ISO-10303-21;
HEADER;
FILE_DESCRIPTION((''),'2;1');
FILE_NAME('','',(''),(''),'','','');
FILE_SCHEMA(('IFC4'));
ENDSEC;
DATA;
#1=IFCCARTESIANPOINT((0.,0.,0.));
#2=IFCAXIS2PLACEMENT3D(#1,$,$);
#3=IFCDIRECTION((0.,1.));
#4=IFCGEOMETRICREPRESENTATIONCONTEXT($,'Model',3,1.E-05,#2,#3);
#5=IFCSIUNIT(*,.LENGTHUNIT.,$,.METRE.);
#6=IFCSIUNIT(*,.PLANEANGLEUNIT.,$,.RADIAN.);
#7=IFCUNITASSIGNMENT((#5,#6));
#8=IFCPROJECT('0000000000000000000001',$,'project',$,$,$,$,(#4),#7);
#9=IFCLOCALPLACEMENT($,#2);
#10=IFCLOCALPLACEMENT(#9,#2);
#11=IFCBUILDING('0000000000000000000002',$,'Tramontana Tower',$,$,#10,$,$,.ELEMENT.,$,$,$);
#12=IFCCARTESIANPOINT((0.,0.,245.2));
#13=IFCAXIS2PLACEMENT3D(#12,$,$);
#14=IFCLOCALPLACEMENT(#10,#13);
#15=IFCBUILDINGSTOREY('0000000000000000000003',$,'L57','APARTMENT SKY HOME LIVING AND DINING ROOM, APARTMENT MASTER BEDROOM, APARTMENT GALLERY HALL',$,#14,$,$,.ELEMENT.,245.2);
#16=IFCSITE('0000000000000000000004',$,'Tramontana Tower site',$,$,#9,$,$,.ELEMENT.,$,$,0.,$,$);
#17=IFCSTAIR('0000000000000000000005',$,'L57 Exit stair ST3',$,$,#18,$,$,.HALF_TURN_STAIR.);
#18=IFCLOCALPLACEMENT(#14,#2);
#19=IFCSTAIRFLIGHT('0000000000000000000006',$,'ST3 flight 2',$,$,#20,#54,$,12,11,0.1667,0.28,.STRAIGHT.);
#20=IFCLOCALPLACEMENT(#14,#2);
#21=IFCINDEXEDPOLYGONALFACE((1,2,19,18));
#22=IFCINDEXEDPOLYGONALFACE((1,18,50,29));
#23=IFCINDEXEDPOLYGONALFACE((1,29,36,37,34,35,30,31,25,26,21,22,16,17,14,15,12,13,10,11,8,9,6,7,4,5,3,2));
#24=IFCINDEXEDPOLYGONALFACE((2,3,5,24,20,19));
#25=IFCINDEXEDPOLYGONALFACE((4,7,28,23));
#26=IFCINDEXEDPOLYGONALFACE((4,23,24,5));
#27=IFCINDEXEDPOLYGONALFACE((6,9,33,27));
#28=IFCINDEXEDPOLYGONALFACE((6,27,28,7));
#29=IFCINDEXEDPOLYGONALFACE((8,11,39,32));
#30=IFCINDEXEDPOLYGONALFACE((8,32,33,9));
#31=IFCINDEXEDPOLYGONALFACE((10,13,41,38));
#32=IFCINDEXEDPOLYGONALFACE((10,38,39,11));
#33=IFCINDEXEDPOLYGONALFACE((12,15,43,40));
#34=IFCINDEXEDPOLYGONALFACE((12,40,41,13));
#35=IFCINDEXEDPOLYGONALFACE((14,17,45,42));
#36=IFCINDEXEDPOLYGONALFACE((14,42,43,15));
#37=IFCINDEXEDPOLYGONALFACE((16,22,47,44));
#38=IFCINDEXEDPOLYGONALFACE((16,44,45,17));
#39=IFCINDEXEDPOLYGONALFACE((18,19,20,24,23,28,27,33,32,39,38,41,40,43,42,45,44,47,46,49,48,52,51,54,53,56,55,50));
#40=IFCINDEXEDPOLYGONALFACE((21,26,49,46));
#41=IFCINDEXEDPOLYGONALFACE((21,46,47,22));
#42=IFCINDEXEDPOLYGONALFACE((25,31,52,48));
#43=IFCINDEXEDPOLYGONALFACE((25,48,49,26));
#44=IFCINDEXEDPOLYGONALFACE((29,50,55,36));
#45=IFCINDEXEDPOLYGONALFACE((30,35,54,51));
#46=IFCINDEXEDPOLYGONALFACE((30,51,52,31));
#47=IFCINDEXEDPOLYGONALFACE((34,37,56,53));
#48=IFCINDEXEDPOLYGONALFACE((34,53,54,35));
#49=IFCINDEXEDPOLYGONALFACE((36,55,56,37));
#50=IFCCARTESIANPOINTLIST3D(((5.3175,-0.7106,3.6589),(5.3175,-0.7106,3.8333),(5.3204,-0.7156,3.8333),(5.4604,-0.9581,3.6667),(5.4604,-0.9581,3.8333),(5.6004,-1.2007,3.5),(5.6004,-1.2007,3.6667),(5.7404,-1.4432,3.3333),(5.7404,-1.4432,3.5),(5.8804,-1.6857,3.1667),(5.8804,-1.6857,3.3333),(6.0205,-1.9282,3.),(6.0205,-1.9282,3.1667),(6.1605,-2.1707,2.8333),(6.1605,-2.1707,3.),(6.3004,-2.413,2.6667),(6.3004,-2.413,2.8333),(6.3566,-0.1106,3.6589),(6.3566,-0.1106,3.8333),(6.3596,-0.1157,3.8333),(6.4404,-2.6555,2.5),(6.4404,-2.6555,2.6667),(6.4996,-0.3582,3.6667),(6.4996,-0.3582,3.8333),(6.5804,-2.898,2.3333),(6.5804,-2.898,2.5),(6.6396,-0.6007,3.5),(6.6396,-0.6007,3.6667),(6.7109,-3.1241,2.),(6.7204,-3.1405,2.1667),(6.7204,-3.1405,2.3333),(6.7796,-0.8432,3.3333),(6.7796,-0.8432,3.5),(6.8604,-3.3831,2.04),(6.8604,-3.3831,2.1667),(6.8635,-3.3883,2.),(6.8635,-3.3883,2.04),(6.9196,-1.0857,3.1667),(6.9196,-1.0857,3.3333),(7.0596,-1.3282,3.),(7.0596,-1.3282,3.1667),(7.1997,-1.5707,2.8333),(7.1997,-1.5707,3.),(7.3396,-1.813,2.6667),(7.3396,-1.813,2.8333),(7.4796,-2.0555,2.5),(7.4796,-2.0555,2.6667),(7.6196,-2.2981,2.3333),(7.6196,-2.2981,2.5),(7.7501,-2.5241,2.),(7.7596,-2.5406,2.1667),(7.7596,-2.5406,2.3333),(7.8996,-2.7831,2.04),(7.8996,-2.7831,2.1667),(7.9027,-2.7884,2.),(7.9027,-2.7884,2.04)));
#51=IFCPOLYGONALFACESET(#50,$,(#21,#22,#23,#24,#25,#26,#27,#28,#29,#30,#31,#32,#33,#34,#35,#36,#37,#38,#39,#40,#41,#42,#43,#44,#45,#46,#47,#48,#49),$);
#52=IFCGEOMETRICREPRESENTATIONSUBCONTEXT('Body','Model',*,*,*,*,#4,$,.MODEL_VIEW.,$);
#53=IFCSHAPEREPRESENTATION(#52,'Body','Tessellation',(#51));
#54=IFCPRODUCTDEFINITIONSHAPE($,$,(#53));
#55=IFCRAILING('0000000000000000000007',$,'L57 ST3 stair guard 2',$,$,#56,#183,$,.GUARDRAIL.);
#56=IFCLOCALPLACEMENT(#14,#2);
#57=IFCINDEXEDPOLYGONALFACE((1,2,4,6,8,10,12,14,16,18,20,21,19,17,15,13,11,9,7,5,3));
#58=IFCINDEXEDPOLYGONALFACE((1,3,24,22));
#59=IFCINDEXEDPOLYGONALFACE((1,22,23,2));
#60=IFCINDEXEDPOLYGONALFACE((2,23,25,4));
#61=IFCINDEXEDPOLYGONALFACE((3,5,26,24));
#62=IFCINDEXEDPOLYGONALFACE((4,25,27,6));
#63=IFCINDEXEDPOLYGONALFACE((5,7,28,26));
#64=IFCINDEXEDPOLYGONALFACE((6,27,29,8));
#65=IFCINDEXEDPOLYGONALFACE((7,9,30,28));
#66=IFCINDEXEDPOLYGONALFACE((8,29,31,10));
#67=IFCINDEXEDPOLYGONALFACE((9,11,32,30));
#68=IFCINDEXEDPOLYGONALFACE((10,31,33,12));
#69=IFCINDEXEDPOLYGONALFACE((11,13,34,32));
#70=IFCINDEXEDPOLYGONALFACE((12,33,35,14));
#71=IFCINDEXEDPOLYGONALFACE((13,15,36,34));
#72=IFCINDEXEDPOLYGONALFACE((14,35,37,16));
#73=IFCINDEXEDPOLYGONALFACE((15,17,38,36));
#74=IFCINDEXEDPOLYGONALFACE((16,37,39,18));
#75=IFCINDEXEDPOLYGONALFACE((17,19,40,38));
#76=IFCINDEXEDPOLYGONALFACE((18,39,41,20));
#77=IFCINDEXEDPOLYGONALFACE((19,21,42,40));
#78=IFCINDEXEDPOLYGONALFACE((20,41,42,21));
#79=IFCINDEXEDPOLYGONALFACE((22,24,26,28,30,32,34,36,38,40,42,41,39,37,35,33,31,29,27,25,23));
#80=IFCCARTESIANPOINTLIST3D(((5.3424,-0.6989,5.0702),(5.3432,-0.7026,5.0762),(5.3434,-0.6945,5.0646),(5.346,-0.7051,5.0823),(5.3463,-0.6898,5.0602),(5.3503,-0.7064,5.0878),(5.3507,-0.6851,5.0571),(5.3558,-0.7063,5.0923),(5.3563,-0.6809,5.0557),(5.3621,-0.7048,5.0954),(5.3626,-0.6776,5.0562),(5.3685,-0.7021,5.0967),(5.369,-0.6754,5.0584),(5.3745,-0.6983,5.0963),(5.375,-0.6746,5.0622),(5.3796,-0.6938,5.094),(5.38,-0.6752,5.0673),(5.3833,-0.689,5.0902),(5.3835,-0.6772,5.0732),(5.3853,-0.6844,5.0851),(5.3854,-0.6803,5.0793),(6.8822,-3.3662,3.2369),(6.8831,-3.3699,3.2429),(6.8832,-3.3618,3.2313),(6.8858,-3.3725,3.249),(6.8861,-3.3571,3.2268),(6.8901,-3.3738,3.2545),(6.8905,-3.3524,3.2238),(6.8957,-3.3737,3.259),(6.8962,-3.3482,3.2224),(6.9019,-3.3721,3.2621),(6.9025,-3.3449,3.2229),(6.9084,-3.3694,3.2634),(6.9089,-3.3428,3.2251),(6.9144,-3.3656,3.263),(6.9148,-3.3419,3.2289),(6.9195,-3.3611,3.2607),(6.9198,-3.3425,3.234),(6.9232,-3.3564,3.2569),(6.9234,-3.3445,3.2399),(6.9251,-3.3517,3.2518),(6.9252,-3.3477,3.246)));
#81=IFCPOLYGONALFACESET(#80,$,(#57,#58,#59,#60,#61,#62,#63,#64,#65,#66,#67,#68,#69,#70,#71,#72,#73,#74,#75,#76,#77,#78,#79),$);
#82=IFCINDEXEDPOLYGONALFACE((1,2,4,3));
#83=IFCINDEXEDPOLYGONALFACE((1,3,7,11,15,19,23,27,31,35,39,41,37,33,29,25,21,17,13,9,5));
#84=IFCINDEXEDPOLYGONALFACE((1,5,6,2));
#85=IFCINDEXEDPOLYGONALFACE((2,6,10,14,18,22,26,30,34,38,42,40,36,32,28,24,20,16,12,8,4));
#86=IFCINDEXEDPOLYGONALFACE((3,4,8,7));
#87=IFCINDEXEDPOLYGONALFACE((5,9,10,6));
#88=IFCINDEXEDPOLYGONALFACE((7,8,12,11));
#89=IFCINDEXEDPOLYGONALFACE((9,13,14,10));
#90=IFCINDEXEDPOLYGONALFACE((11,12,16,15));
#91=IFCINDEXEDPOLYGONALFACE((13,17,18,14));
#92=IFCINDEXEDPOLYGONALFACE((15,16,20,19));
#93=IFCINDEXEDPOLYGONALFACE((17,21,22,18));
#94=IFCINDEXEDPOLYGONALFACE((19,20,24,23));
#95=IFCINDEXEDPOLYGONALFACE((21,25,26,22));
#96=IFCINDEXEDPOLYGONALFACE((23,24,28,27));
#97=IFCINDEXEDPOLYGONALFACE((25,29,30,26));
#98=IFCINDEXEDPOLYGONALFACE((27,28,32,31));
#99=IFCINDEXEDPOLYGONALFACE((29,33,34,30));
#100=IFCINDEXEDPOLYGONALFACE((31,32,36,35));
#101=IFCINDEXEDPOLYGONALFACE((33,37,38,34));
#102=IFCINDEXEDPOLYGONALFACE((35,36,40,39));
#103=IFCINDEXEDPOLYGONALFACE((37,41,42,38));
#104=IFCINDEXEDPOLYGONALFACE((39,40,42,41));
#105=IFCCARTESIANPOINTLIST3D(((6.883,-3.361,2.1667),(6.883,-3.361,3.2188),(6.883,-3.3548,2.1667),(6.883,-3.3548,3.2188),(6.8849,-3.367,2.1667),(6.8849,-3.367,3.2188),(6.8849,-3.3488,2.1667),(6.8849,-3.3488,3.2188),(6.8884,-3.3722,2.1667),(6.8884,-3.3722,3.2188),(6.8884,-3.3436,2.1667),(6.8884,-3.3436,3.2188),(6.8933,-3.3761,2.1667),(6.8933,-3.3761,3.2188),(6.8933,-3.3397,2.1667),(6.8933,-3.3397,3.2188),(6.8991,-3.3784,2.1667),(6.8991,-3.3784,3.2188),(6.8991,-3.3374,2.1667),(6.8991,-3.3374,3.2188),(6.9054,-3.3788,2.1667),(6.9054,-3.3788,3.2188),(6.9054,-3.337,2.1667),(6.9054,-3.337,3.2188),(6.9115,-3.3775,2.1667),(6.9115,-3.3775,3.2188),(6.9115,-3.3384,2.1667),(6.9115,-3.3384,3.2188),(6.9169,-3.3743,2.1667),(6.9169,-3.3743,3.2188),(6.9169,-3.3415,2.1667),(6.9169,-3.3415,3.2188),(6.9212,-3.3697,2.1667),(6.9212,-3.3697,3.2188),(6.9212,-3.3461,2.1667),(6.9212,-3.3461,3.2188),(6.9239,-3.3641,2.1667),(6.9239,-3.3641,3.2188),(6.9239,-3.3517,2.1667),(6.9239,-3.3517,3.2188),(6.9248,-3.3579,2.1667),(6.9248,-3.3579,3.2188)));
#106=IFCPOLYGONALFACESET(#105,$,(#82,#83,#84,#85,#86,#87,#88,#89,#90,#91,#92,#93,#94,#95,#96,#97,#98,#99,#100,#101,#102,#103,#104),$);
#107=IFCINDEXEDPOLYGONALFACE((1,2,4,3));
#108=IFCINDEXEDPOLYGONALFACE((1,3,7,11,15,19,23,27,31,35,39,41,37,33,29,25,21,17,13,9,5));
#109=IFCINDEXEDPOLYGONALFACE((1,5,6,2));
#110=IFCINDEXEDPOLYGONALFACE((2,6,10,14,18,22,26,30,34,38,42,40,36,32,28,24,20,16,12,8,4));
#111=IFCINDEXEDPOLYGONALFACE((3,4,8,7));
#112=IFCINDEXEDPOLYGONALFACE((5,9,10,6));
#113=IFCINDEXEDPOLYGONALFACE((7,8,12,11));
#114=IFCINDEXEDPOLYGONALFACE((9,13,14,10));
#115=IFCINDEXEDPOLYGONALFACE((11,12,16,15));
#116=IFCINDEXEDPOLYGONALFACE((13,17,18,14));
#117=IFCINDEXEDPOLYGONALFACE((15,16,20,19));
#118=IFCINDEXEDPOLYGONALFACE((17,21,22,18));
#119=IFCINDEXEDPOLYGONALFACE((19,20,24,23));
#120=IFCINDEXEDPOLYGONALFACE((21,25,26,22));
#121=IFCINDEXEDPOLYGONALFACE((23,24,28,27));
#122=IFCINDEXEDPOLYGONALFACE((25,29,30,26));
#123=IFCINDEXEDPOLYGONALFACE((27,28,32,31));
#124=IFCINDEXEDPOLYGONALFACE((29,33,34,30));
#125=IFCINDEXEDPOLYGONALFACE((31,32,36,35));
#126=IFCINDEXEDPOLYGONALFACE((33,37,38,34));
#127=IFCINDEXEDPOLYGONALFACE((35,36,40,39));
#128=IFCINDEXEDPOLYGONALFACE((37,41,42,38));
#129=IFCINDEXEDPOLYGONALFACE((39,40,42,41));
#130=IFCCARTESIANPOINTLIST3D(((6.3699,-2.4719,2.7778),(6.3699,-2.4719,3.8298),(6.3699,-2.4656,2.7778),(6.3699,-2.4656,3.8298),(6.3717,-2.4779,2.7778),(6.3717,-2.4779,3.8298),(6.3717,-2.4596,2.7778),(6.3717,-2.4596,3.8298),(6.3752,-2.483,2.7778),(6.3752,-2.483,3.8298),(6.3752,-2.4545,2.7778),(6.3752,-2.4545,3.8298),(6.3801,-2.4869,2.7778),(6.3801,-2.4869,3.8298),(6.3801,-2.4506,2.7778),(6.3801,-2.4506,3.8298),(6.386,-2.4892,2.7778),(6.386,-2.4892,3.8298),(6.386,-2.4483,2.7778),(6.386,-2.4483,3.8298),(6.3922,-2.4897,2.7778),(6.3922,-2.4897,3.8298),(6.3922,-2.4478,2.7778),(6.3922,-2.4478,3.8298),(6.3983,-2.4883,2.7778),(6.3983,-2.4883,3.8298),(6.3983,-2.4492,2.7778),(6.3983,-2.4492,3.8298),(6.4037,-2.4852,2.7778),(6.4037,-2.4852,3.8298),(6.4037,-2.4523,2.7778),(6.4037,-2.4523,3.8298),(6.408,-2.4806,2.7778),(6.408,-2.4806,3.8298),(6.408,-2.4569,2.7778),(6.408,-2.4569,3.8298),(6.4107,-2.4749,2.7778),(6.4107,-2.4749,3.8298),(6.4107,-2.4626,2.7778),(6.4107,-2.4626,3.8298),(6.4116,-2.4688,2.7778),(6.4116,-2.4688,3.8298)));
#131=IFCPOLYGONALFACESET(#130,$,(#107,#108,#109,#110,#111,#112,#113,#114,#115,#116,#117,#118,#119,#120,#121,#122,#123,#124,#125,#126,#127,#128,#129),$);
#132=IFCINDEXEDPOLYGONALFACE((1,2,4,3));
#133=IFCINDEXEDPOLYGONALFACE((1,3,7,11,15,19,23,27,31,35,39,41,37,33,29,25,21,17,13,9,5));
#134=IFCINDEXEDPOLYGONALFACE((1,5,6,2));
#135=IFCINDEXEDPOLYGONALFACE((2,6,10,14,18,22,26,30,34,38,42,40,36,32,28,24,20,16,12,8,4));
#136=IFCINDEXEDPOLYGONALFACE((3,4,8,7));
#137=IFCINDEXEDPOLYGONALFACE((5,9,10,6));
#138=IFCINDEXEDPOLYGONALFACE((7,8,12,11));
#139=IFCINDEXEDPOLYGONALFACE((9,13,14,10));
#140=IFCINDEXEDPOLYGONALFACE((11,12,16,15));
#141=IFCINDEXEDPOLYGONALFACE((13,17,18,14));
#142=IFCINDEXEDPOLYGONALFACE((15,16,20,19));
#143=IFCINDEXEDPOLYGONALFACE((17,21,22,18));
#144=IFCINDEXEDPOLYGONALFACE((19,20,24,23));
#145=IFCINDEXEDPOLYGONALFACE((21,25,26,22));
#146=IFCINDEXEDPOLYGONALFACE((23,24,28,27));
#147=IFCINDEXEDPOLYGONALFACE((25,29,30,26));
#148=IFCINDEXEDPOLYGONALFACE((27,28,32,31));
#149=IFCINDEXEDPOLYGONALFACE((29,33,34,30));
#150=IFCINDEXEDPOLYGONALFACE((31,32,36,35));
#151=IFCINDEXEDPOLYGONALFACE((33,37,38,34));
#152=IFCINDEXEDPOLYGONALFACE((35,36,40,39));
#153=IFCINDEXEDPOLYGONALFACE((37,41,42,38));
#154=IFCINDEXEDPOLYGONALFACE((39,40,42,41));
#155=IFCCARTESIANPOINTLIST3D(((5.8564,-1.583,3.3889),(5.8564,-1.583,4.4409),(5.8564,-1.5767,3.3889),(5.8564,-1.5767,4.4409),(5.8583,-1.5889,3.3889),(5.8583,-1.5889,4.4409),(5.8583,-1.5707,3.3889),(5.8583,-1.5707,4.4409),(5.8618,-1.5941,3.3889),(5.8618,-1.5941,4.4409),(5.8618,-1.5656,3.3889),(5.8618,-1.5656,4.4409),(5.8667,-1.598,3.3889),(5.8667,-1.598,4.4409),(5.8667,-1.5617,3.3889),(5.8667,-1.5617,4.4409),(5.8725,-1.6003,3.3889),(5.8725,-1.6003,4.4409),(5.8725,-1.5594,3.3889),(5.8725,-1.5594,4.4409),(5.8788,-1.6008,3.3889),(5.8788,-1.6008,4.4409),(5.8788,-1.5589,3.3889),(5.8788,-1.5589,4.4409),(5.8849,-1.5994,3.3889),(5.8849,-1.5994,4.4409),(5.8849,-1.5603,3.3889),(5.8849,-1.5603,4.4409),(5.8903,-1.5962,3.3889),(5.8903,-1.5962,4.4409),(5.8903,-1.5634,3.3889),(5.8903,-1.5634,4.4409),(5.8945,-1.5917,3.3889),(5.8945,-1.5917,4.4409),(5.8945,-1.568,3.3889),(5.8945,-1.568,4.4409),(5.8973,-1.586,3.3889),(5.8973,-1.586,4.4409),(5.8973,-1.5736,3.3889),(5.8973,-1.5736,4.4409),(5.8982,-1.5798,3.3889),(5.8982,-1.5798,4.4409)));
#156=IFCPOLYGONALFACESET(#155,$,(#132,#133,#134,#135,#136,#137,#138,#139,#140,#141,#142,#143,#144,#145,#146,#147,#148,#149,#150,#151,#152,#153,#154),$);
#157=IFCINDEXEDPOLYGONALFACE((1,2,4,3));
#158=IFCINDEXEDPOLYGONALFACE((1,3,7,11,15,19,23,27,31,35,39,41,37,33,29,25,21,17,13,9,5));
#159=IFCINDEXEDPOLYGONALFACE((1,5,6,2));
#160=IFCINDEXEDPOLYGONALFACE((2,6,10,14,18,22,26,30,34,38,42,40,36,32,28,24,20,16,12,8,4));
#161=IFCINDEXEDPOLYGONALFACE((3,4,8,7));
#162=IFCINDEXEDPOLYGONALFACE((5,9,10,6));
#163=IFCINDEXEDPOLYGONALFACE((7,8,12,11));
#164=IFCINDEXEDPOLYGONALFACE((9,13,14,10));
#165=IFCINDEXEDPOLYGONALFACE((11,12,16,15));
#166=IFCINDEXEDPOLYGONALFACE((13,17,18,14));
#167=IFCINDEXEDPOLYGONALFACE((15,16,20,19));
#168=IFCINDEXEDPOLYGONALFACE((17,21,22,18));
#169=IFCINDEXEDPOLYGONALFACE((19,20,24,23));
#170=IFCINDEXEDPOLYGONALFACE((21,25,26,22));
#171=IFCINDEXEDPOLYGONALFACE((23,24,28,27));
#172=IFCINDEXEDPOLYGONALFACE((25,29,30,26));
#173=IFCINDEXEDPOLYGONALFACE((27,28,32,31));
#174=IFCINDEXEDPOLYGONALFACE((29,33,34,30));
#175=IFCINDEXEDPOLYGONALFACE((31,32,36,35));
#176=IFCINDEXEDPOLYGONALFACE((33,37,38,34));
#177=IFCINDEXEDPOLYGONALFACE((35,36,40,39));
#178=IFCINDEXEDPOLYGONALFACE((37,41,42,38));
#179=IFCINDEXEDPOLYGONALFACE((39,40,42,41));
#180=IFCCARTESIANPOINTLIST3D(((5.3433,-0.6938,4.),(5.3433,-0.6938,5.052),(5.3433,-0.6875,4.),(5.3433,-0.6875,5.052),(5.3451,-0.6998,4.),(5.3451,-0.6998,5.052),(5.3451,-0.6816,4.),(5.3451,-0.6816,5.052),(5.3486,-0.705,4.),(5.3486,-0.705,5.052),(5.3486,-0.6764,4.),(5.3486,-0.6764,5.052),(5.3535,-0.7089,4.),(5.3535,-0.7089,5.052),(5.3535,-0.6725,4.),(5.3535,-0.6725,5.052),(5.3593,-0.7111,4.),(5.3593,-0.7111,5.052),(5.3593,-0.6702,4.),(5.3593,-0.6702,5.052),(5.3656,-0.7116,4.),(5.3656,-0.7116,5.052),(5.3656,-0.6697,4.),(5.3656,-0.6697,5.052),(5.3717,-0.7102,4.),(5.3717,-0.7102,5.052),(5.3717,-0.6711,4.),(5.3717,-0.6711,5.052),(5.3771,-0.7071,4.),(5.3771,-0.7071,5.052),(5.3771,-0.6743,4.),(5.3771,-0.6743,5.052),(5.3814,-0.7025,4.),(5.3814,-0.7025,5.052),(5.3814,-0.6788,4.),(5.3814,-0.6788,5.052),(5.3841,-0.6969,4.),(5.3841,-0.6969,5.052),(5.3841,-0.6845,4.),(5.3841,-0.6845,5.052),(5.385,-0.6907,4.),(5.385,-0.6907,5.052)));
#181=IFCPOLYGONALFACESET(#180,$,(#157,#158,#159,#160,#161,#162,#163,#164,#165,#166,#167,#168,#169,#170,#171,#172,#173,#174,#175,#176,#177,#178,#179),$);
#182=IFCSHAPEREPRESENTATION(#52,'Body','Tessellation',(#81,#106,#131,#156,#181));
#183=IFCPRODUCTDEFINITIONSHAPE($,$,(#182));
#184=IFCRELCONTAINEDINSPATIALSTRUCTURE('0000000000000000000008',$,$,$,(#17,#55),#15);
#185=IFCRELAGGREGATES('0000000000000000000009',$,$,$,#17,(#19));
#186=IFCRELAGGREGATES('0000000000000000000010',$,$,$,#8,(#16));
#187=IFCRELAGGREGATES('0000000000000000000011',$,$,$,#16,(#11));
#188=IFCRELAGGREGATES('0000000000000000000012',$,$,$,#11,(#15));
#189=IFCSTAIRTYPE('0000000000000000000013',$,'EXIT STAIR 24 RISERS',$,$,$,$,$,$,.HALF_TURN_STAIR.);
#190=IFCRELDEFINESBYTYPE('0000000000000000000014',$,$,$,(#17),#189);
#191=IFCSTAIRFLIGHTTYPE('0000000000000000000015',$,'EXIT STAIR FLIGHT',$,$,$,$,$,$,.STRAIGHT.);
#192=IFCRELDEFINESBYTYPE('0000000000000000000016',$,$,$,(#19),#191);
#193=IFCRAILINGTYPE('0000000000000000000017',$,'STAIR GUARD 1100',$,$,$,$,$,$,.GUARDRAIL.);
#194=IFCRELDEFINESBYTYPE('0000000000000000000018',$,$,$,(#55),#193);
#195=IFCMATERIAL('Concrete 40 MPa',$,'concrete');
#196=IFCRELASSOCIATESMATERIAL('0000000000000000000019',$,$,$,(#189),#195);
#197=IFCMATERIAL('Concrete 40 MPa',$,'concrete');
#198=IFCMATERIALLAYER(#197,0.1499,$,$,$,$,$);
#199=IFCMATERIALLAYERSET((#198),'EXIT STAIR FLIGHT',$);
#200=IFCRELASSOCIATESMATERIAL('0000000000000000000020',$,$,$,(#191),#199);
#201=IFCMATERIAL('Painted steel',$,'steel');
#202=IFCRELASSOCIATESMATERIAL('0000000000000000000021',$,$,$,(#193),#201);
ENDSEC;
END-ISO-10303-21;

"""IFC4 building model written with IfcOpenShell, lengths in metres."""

from ifc_helpers import new_model, si_unit, direction, frame, origin, origin_2d, place, context, subcontext, project, spatial, polyline, circle, outline, extrude, material, layer, layer_set, type_object, element, aggregate, save


model = new_model("IFC4")

# Units and contexts
model_context = context("Model", 3, precision=1e-05, world=origin(), true_north=direction((0.0, 1.0)))
body_context = subcontext(model_context, "Body", "Model", "MODEL_VIEW")
ifc_project = project(units=[si_unit("LENGTHUNIT", "METRE"), si_unit("PLANEANGLEUNIT", "RADIAN")], contexts=[model_context])

# Site, building, storey
site_placement = place(None, origin())
site = spatial("IfcSite", under=ifc_project, at=site_placement, Name="Tramontana Tower site", CompositionType="ELEMENT", RefElevation=0.0)
building_placement = place(site_placement, origin())
building = spatial("IfcBuilding", under=site, at=building_placement, Name="Tramontana Tower", CompositionType="ELEMENT")
storey_placement = place(building_placement, frame((0.0, 0.0, 245.2)))
storey = spatial("IfcBuildingStorey", under=building, at=storey_placement, Name="L57", Description="APARTMENT SKY HOME LIVING AND DINING ROOM, APARTMENT MASTER BEDROOM, APARTMENT GALLERY HALL", CompositionType="ELEMENT", Elevation=245.2)

# Stair, stair flight
ifc_material_1 = material(Name="Concrete 40 MPa", Category="concrete")
stair_type = type_object("IfcStairType", Name="EXIT STAIR 24 RISERS", PredefinedType="HALF_TURN_STAIR", material=ifc_material_1)
stair_placement = place(storey_placement, origin())
stair = element("IfcStair", 1, at=stair_placement, inside=storey, type_object=stair_type, Name="L57 Exit stair ST3", PredefinedType="HALF_TURN_STAIR")
ifc_material_2 = material(Name="Concrete 40 MPa", Category="concrete")
ifc_layer_1 = layer(ifc_material_2, 0.1499)
ifc_layer_set_1 = layer_set([ifc_layer_1], Name="EXIT STAIR FLIGHT")
stair_flight_type = type_object("IfcStairFlightType", Name="EXIT STAIR FLIGHT", PredefinedType="STRAIGHT", material=ifc_layer_set_1)
stair_flight_placement = place(storey_placement, frame((7.3801, -3.083, 2.0), z_axis=(0.0, 0.0, 1.0), x_axis=(-0.5, 0.866025, 0.0)))
stair_flight = element("IfcStairFlight", 2, at=stair_flight_placement, type_object=stair_flight_type, Name="ST3 flight 2", NumberOfRisers=12, NumberOfTreads=11, PredefinedType="STRAIGHT", RiserHeight=0.1667, TreadLength=0.28, context=body_context, shape_type="SweptSolid", body=[
    extrude(outline(polyline([(-0.0061, 0.0), (-0.0061, 0.04), (0.0, 0.04), (0.0, 0.1667), (0.28, 0.1667), (0.28, 0.3333), (0.5601, 0.3333), (0.5601, 0.5), (0.8401, 0.5), (0.8401, 0.6667), (1.1201, 0.6667), (1.1201, 0.8333), (1.3999, 0.8333), (1.3999, 1.0), (1.6799, 1.0), (1.6799, 1.1667), (1.96, 1.1667), (1.96, 1.3333), (2.24, 1.3333), (2.24, 1.5), (2.52, 1.5), (2.52, 1.6667), (2.8, 1.6667), (2.8, 1.8333), (3.0801, 1.8333), (3.0859, 1.8333), (3.0859, 1.6589), (0.2991, 0.0), (-0.0061, 0.0)])), frame((0.0, 0.6001, 0.0), z_axis=(0.0, -1.0, 0.0), x_axis=(1.0, 0.0, 0.0)), (0.0, 0.0, 1.0), 1.2),
])
aggregate(stair, [stair_flight])

# Railing
ifc_material_3 = material(Name="Painted steel", Category="steel")
railing_type_1 = type_object("IfcRailingType", Name="STAIR GUARD 1100", PredefinedType="GUARDRAIL", material=ifc_material_3)
railing_1_placement = place(storey_placement, frame((6.9038, -3.3579, 2.1667)))
element("IfcRailing", 3, at=railing_1_placement, inside=storey, type_object=railing_type_1, Name="L57 ST3 stair guard 2", PredefinedType="GUARDRAIL", context=body_context, shape_type="SweptSolid", body=[
    extrude(circle(Radius=0.0239, at=origin_2d()), frame((0.0, 0.0, 1.0762), z_axis=(-0.429616, 0.744181, 0.511493), x_axis=(-0.866044, -0.499967, 0.0)), (0.0, 0.0, 1.0), 3.5842),
    extrude(circle(Radius=0.021, at=origin_2d()), origin(), (0.0, 0.0, 1.0), 1.052),
    extrude(circle(Radius=0.021, at=origin_2d()), frame((-0.5132, 0.8892, 0.6111)), (0.0, 0.0, 1.0), 1.052),
    extrude(circle(Radius=0.021, at=origin_2d()), frame((-1.0266, 1.7781, 1.2222)), (0.0, 0.0, 1.0), 1.052),
    extrude(circle(Radius=0.021, at=origin_2d()), frame((-1.5398, 2.6672, 1.8333)), (0.0, 0.0, 1.0), 1.052),
])

save(model, "model.ifc")
